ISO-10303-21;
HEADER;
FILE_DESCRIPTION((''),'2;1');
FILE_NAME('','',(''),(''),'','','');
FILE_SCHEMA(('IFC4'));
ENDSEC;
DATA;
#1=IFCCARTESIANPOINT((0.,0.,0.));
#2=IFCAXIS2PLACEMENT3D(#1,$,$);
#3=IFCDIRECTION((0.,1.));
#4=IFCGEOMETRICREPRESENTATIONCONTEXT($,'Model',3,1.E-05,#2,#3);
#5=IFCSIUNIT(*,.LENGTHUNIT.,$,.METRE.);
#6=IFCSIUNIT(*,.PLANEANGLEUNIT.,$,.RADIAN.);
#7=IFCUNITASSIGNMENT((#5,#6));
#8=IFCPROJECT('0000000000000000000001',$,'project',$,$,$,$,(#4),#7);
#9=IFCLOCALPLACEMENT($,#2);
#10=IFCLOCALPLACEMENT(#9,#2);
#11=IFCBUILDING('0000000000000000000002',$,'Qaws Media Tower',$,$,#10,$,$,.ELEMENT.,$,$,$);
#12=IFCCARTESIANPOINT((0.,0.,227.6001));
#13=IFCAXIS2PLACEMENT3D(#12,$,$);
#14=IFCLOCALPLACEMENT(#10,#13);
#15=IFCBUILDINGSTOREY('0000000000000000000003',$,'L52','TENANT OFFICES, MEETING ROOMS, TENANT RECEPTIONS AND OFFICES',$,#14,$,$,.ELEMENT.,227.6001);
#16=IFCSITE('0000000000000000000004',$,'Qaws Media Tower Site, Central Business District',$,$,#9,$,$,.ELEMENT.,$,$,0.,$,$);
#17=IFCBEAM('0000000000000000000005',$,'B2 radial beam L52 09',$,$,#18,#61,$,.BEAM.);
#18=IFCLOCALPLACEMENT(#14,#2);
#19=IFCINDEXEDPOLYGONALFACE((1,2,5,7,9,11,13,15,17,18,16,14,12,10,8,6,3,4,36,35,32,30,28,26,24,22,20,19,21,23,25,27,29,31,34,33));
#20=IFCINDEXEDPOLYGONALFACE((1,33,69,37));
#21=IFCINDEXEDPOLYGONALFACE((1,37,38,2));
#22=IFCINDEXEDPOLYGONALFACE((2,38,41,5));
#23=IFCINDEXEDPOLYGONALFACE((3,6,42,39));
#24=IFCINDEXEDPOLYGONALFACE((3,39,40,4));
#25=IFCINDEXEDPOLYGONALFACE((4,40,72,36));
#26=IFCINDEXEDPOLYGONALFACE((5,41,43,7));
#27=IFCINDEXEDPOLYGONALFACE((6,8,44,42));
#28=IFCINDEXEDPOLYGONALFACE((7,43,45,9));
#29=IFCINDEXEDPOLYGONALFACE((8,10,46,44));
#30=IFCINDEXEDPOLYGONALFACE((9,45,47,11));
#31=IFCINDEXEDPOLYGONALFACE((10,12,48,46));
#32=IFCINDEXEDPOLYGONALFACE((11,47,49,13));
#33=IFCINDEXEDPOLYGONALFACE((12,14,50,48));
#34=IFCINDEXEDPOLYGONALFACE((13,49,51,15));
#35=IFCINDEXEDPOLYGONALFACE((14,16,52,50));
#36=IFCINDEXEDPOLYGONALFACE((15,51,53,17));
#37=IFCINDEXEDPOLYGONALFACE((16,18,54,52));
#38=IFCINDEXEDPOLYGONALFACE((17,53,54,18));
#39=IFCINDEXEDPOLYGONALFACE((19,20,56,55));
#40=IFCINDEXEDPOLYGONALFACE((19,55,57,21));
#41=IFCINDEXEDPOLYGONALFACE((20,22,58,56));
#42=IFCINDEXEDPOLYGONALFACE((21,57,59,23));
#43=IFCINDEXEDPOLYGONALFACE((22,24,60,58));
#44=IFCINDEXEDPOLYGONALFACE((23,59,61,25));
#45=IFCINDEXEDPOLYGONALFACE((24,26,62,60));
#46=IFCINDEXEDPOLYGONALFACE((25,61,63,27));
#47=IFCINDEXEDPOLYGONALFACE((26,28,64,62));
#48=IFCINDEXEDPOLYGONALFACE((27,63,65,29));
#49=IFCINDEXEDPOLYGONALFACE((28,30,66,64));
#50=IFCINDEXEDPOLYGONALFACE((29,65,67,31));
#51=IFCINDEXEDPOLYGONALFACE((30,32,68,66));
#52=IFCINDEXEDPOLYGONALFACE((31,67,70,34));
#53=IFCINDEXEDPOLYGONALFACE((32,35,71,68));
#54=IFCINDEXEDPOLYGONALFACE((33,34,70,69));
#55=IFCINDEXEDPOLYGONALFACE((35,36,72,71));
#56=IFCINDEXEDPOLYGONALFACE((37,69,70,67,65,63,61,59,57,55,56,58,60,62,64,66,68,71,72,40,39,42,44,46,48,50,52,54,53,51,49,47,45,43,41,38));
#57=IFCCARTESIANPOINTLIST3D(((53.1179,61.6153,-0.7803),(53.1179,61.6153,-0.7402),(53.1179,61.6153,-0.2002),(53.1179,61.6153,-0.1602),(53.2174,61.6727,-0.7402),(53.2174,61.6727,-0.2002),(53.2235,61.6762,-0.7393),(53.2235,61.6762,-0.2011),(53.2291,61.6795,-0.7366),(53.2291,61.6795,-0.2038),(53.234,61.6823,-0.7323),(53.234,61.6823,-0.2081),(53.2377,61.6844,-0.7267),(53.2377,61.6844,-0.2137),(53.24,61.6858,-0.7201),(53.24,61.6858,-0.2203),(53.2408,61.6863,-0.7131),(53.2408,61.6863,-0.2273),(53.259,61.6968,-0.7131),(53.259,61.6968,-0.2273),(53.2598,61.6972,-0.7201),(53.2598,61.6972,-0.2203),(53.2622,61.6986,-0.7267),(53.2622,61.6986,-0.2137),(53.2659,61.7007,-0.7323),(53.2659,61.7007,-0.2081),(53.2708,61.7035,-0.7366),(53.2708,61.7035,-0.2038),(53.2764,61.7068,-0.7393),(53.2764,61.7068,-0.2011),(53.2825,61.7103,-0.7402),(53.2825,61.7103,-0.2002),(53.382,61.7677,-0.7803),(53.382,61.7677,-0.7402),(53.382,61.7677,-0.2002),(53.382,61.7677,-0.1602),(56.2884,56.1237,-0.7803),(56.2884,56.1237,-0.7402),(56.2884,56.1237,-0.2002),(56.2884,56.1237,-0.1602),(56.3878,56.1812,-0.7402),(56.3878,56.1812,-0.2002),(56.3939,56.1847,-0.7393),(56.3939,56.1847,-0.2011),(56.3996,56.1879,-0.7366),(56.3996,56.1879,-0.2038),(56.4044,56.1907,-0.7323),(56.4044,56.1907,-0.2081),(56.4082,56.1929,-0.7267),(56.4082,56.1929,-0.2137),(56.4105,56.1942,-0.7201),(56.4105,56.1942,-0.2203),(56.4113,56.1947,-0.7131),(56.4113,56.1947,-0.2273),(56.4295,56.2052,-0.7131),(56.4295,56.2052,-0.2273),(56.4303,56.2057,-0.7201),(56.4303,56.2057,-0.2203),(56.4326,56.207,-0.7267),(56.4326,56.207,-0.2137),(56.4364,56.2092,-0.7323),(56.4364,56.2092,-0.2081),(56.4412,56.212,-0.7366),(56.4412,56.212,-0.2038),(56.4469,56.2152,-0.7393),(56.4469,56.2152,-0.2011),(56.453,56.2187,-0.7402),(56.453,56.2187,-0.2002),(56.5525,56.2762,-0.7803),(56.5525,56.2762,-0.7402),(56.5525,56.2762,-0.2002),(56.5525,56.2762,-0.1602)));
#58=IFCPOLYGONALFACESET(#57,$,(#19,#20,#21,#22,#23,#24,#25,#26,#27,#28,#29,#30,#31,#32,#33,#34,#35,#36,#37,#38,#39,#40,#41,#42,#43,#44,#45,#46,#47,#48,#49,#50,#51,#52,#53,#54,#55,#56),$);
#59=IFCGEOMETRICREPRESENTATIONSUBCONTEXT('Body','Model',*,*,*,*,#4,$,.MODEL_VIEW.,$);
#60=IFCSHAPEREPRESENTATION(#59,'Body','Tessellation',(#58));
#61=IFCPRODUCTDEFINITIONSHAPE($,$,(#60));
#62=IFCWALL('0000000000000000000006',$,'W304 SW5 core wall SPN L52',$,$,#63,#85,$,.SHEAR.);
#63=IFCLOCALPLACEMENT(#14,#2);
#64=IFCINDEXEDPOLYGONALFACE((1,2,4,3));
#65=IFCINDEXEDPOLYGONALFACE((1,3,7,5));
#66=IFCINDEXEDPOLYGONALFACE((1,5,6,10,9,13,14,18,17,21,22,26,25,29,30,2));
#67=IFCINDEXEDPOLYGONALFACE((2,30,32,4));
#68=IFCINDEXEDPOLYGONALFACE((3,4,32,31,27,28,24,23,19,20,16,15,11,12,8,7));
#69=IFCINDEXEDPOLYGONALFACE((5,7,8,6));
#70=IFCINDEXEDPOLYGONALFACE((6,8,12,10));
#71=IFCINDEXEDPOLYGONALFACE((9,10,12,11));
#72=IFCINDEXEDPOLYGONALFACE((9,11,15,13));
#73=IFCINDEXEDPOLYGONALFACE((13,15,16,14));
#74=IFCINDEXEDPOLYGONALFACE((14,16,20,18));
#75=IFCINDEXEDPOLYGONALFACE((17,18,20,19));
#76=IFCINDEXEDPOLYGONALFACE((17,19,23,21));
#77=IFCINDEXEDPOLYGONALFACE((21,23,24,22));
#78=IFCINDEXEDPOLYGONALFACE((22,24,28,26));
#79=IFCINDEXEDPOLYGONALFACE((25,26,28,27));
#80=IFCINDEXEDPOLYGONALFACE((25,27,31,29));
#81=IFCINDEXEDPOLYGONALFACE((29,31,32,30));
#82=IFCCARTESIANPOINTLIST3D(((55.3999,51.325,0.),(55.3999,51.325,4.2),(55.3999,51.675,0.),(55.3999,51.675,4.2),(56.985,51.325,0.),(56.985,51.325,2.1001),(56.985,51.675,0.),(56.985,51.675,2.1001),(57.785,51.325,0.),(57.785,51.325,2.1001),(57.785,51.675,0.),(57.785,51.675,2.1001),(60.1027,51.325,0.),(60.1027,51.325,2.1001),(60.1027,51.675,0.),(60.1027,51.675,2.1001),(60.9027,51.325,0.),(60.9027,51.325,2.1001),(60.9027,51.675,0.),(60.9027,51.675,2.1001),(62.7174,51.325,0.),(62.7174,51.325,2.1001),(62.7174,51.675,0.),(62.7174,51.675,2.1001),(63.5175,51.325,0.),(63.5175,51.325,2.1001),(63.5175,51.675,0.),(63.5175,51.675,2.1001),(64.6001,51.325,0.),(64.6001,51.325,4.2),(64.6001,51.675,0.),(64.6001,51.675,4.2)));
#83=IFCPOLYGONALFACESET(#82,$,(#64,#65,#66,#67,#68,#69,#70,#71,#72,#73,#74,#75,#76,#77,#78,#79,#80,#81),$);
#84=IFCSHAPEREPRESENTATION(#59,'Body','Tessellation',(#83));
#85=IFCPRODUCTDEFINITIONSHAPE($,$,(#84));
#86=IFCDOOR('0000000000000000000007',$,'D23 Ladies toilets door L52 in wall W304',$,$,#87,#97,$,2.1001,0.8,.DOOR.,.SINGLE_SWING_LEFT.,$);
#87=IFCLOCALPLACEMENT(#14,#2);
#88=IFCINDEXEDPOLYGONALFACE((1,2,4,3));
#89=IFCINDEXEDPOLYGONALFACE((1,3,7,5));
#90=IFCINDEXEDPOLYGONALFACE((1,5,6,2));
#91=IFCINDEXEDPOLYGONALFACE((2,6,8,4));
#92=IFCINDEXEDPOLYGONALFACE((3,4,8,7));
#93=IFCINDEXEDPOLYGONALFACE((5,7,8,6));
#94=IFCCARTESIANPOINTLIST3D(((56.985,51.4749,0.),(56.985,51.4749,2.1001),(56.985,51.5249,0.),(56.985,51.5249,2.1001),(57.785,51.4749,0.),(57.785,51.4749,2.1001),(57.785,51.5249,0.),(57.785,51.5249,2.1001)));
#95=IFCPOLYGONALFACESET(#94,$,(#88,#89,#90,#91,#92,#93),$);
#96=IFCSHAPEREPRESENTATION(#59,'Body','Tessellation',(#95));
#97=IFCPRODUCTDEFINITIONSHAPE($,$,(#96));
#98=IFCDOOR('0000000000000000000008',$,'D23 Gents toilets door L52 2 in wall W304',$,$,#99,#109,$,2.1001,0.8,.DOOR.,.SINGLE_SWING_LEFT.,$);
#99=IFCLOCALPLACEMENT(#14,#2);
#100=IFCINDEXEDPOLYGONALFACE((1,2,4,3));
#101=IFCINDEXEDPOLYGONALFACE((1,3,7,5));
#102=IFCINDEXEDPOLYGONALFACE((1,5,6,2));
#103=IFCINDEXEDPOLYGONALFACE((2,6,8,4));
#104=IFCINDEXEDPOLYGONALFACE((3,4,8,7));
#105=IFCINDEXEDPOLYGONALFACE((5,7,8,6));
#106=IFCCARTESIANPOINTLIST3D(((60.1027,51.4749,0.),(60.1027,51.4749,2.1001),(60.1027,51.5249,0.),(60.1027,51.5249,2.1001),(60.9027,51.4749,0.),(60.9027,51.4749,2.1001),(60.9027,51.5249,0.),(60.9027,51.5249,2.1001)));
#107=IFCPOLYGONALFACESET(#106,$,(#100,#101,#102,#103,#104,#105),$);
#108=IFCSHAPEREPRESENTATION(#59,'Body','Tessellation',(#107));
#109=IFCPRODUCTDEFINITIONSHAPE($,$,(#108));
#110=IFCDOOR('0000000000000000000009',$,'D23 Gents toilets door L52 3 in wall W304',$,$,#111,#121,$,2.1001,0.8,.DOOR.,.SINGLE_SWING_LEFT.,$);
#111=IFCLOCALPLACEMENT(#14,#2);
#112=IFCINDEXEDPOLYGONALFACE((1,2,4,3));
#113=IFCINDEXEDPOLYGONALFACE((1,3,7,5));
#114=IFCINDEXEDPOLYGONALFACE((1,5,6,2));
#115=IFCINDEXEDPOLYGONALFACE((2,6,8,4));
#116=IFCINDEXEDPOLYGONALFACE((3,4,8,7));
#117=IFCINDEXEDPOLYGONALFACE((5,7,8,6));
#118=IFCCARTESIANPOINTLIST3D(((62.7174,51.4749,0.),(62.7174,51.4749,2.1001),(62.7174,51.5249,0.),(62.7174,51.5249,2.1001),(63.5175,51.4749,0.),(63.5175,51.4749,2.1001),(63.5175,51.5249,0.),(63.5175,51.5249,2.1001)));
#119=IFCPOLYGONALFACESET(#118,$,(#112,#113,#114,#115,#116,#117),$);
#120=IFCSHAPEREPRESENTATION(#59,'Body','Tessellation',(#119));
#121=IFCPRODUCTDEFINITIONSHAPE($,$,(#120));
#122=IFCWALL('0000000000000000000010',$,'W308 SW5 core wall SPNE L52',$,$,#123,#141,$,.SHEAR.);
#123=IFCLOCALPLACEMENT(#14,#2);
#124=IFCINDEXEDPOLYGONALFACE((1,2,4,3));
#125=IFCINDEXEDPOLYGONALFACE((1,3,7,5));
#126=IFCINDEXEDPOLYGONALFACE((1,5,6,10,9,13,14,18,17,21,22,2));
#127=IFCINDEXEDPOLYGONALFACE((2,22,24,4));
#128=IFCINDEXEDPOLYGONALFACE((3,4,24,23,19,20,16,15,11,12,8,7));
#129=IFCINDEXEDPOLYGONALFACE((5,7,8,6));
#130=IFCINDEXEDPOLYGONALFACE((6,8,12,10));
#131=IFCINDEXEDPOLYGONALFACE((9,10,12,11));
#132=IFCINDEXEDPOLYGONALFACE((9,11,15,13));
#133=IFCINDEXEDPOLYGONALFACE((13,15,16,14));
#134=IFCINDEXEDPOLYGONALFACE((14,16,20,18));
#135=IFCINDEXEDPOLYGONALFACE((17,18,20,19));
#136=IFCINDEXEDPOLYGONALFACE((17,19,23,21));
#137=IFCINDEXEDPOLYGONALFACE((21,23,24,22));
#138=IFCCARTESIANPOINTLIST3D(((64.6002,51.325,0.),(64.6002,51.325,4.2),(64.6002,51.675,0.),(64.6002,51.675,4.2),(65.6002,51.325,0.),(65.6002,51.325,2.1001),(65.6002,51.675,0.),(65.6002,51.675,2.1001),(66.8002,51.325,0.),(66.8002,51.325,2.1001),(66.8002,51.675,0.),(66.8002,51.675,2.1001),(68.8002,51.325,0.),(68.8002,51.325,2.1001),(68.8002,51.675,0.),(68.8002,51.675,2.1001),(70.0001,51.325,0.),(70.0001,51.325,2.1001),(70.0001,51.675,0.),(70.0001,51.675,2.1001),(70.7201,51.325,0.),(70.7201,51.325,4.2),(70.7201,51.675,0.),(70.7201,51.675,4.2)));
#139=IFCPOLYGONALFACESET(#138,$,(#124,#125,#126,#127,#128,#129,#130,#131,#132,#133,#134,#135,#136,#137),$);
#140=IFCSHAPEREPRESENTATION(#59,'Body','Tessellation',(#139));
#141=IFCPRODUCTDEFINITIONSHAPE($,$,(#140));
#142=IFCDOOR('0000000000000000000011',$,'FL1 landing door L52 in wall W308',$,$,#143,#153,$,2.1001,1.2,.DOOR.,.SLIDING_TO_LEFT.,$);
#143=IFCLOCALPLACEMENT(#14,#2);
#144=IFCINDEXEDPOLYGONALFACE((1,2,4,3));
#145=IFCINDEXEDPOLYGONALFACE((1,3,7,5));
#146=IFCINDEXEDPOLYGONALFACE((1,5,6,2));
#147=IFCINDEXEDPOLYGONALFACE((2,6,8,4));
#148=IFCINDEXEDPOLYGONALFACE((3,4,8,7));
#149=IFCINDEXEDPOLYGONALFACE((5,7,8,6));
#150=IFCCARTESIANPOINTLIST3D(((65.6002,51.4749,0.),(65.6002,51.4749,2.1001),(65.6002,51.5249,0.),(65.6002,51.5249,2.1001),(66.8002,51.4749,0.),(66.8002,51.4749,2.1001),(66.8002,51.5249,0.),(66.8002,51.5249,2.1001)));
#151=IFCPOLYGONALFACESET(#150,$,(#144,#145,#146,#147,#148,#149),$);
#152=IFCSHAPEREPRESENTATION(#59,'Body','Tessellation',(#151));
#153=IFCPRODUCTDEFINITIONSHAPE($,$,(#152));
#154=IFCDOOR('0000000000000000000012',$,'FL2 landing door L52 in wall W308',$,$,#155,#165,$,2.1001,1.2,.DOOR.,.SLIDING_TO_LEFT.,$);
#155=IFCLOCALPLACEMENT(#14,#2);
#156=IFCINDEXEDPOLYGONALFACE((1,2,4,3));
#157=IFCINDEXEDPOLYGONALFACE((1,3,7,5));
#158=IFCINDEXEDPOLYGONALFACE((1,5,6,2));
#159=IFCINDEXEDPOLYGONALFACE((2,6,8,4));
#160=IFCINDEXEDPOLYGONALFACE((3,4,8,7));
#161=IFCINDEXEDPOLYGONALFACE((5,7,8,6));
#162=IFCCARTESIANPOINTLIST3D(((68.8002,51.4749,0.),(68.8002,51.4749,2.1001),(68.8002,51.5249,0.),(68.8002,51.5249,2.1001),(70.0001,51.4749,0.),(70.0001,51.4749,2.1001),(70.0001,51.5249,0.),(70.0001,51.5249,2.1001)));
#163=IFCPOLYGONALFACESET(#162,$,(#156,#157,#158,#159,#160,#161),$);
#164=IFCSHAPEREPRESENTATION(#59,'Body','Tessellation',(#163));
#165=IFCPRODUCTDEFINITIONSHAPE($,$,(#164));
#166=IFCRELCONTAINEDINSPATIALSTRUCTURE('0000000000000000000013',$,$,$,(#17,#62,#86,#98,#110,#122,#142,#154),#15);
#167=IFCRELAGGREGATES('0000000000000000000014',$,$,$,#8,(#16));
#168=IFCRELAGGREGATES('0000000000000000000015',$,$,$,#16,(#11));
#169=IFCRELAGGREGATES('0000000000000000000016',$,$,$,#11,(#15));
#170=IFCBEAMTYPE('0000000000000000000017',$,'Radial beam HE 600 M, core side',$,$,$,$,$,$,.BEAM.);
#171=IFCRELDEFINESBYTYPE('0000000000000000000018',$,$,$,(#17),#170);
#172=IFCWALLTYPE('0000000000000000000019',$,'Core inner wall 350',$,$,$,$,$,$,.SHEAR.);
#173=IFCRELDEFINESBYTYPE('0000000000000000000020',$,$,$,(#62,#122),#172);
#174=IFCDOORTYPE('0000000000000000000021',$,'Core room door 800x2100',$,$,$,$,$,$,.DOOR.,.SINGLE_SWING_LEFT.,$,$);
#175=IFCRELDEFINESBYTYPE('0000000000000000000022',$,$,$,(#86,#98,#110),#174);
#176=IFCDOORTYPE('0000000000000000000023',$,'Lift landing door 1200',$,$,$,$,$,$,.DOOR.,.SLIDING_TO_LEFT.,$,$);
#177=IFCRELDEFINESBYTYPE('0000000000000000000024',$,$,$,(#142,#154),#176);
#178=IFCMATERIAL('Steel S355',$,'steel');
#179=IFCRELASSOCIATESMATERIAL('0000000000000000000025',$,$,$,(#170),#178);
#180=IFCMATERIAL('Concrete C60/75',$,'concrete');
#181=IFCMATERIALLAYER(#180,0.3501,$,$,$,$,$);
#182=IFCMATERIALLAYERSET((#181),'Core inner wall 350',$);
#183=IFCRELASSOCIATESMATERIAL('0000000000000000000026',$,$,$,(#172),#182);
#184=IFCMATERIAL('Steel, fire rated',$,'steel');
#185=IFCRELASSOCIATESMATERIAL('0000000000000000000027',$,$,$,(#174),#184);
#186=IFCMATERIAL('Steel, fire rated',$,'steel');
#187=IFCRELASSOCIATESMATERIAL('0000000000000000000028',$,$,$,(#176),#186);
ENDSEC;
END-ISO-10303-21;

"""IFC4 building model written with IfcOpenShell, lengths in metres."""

from ifc_helpers import new_model, si_unit, direction, frame, frame_2d, origin, origin_2d, place, context, subcontext, project, spatial, rectangle, i_section, extrude, material, layer, layer_set, material_profile, profile_set, type_object, element, fill, save


model = new_model("IFC4")

# Units and contexts
model_context = context("Model", 3, precision=1e-05, world=origin(), true_north=direction((0.0, 1.0)))
body_context = subcontext(model_context, "Body", "Model", "MODEL_VIEW")
ifc_project = project(units=[si_unit("LENGTHUNIT", "METRE"), si_unit("PLANEANGLEUNIT", "RADIAN")], contexts=[model_context])

# Site, building, storey
site_placement = place(None, origin())
site = spatial("IfcSite", under=ifc_project, at=site_placement, Name="Qaws Media Tower Site, Central Business District", CompositionType="ELEMENT", RefElevation=0.0)
building_placement = place(site_placement, origin())
building = spatial("IfcBuilding", under=site, at=building_placement, Name="Qaws Media Tower", CompositionType="ELEMENT")
storey_placement = place(building_placement, frame((0.0, 0.0, 227.6001)))
storey = spatial("IfcBuildingStorey", under=building, at=storey_placement, Name="L52", Description="TENANT OFFICES, MEETING ROOMS, TENANT RECEPTIONS AND OFFICES", CompositionType="ELEMENT", Elevation=227.6001)

# Beam
ifc_material_1 = material(Name="Steel S355", Category="steel")
ifc_material_profile = material_profile(ifc_material_1, i_section(OverallWidth=0.3049, OverallDepth=0.6201, WebThickness=0.021, FlangeThickness=0.04, FilletRadius=0.0271, at=origin_2d()), Name="HE 600 M")
ifc_profile_set = profile_set([ifc_material_profile], Name="Steel S355")
beam_type = type_object("IfcBeamType", Name="Radial beam HE 600 M, core side", PredefinedType="BEAM", material=ifc_profile_set)
beam_1_placement = place(storey_placement, frame((56.4204, 56.2, -0.4702), z_axis=(-0.49999, 0.866031, 0.0), x_axis=(-0.866031, -0.49999, 0.0)))
element("IfcBeam", 1, at=beam_1_placement, inside=storey, type_object=beam_type, Name="B2 radial beam L52 09", PredefinedType="BEAM", context=body_context, shape_type="SweptSolid", body=[
    extrude(i_section(OverallWidth=0.3049, OverallDepth=0.6201, WebThickness=0.021, FlangeThickness=0.04, FilletRadius=0.0271, at=origin_2d()), origin(), (0.0, 0.0, 1.0), 6.3411),
])

# Walls, openings, doors
ifc_material_2 = material(Name="Concrete C60/75", Category="concrete")
ifc_layer_1 = layer(ifc_material_2, 0.3501)
ifc_layer_set_1 = layer_set([ifc_layer_1], Name="Core inner wall 350")
wall_type_1 = type_object("IfcWallType", Name="Core inner wall 350", PredefinedType="SHEAR", material=ifc_layer_set_1)
wall_1_placement = place(storey_placement, frame((55.3999, 51.5, 0.0), z_axis=(0.0, 0.0, 1.0), x_axis=(1.0, 0.0, 0.0)))
wall_1 = element("IfcWall", 2, at=wall_1_placement, inside=storey, type_object=wall_type_1, Name="W304 SW5 core wall SPN L52", PredefinedType="SHEAR", context=body_context, shape_type="SweptSolid", body=[
    extrude(rectangle(XDim=9.2002, YDim=0.3501, at=frame_2d((4.6001, 0.0))), origin(), (0.0, 0.0, 1.0), 4.2),
])
opening_1_placement = place(wall_1_placement, frame((1.5852, 0.0, 0.0)))
opening_1 = element("IfcOpeningElement", 3, at=opening_1_placement, cuts=wall_1, PredefinedType="OPENING", context=body_context, shape_type="SweptSolid", body=[
    extrude(rectangle(XDim=0.8, YDim=2.1001, at=frame_2d((0.3999, 1.05))), frame((0.0, 0.1851, 0.0), z_axis=(0.0, -1.0, 0.0), x_axis=(1.0, 0.0, 0.0)), (0.0, 0.0, 1.0), 0.3701),
])
opening_2_placement = place(wall_1_placement, frame((4.7029, 0.0, 0.0)))
opening_2 = element("IfcOpeningElement", 4, at=opening_2_placement, cuts=wall_1, PredefinedType="OPENING", context=body_context, shape_type="SweptSolid", body=[
    extrude(rectangle(XDim=0.8, YDim=2.1001, at=frame_2d((0.3999, 1.05))), frame((0.0, 0.1851, 0.0), z_axis=(0.0, -1.0, 0.0), x_axis=(1.0, 0.0, 0.0)), (0.0, 0.0, 1.0), 0.3701),
])
opening_3_placement = place(wall_1_placement, frame((7.3176, 0.0, 0.0)))
opening_3 = element("IfcOpeningElement", 5, at=opening_3_placement, cuts=wall_1, PredefinedType="OPENING", context=body_context, shape_type="SweptSolid", body=[
    extrude(rectangle(XDim=0.8, YDim=2.1001, at=frame_2d((0.3999, 1.05))), frame((0.0, 0.1851, 0.0), z_axis=(0.0, -1.0, 0.0), x_axis=(1.0, 0.0, 0.0)), (0.0, 0.0, 1.0), 0.3701),
])
ifc_material_3 = material(Name="Steel, fire rated", Category="steel")
door_type_1 = type_object("IfcDoorType", Name="Core room door 800x2100", OperationType="SINGLE_SWING_LEFT", PredefinedType="DOOR", material=ifc_material_3)
door_1_placement = place(opening_1_placement, origin())
door_1 = element("IfcDoor", 6, at=door_1_placement, inside=storey, type_object=door_type_1, Name="D23 Ladies toilets door L52 in wall W304", OperationType="SINGLE_SWING_LEFT", OverallHeight=2.1001, OverallWidth=0.8, PredefinedType="DOOR", context=body_context, shape_type="SweptSolid", body=[
    extrude(rectangle(XDim=0.8, YDim=2.1001, at=frame_2d((0.3999, 1.05))), frame((0.0, 0.0249, 0.0), z_axis=(0.0, -1.0, 0.0), x_axis=(1.0, 0.0, 0.0)), (0.0, 0.0, 1.0), 0.05),
])
fill(opening_1, door_1)
door_2_placement = place(opening_2_placement, origin())
door_2 = element("IfcDoor", 7, at=door_2_placement, inside=storey, type_object=door_type_1, Name="D23 Gents toilets door L52 2 in wall W304", OperationType="SINGLE_SWING_LEFT", OverallHeight=2.1001, OverallWidth=0.8, PredefinedType="DOOR", context=body_context, shape_type="SweptSolid", body=[
    extrude(rectangle(XDim=0.8, YDim=2.1001, at=frame_2d((0.3999, 1.05))), frame((0.0, 0.0249, 0.0), z_axis=(0.0, -1.0, 0.0), x_axis=(1.0, 0.0, 0.0)), (0.0, 0.0, 1.0), 0.05),
])
fill(opening_2, door_2)
door_3_placement = place(opening_3_placement, origin())
door_3 = element("IfcDoor", 8, at=door_3_placement, inside=storey, type_object=door_type_1, Name="D23 Gents toilets door L52 3 in wall W304", OperationType="SINGLE_SWING_LEFT", OverallHeight=2.1001, OverallWidth=0.8, PredefinedType="DOOR", context=body_context, shape_type="SweptSolid", body=[
    extrude(rectangle(XDim=0.8, YDim=2.1001, at=frame_2d((0.3999, 1.05))), frame((0.0, 0.0249, 0.0), z_axis=(0.0, -1.0, 0.0), x_axis=(1.0, 0.0, 0.0)), (0.0, 0.0, 1.0), 0.05),
])
fill(opening_3, door_3)
wall_2_placement = place(storey_placement, frame((64.6001, 51.5, 0.0), z_axis=(0.0, 0.0, 1.0), x_axis=(1.0, 0.0, 0.0)))
wall_2 = element("IfcWall", 9, at=wall_2_placement, inside=storey, type_object=wall_type_1, Name="W308 SW5 core wall SPNE L52", PredefinedType="SHEAR", context=body_context, shape_type="SweptSolid", body=[
    extrude(rectangle(XDim=6.1199, YDim=0.3501, at=frame_2d((3.0601, 0.0))), origin(), (0.0, 0.0, 1.0), 4.2),
])
opening_4_placement = place(wall_2_placement, frame((1.0, 0.0, 0.0)))
opening_4 = element("IfcOpeningElement", 10, at=opening_4_placement, cuts=wall_2, PredefinedType="OPENING", context=body_context, shape_type="SweptSolid", body=[
    extrude(rectangle(XDim=1.2, YDim=2.1001, at=frame_2d((0.6001, 1.05))), frame((0.0, 0.1851, 0.0), z_axis=(0.0, -1.0, 0.0), x_axis=(1.0, 0.0, 0.0)), (0.0, 0.0, 1.0), 0.3701),
])
opening_5_placement = place(wall_2_placement, frame((4.2, 0.0, 0.0)))
opening_5 = element("IfcOpeningElement", 11, at=opening_5_placement, cuts=wall_2, PredefinedType="OPENING", context=body_context, shape_type="SweptSolid", body=[
    extrude(rectangle(XDim=1.2, YDim=2.1001, at=frame_2d((0.6001, 1.05))), frame((0.0, 0.1851, 0.0), z_axis=(0.0, -1.0, 0.0), x_axis=(1.0, 0.0, 0.0)), (0.0, 0.0, 1.0), 0.3701),
])
ifc_material_4 = material(Name="Steel, fire rated", Category="steel")
door_type_2 = type_object("IfcDoorType", Name="Lift landing door 1200", OperationType="SLIDING_TO_LEFT", PredefinedType="DOOR", material=ifc_material_4)
door_4_placement = place(opening_4_placement, origin())
door_4 = element("IfcDoor", 12, at=door_4_placement, inside=storey, type_object=door_type_2, Name="FL1 landing door L52 in wall W308", OperationType="SLIDING_TO_LEFT", OverallHeight=2.1001, OverallWidth=1.2, PredefinedType="DOOR", context=body_context, shape_type="SweptSolid", body=[
    extrude(rectangle(XDim=1.2, YDim=2.1001, at=frame_2d((0.6001, 1.05))), frame((0.0, 0.0249, 0.0), z_axis=(0.0, -1.0, 0.0), x_axis=(1.0, 0.0, 0.0)), (0.0, 0.0, 1.0), 0.05),
])
fill(opening_4, door_4)
door_5_placement = place(opening_5_placement, origin())
door_5 = element("IfcDoor", 13, at=door_5_placement, inside=storey, type_object=door_type_2, Name="FL2 landing door L52 in wall W308", OperationType="SLIDING_TO_LEFT", OverallHeight=2.1001, OverallWidth=1.2, PredefinedType="DOOR", context=body_context, shape_type="SweptSolid", body=[
    extrude(rectangle(XDim=1.2, YDim=2.1001, at=frame_2d((0.6001, 1.05))), frame((0.0, 0.0249, 0.0), z_axis=(0.0, -1.0, 0.0), x_axis=(1.0, 0.0, 0.0)), (0.0, 0.0, 1.0), 0.05),
])
fill(opening_5, door_5)

save(model, "model.ifc")
